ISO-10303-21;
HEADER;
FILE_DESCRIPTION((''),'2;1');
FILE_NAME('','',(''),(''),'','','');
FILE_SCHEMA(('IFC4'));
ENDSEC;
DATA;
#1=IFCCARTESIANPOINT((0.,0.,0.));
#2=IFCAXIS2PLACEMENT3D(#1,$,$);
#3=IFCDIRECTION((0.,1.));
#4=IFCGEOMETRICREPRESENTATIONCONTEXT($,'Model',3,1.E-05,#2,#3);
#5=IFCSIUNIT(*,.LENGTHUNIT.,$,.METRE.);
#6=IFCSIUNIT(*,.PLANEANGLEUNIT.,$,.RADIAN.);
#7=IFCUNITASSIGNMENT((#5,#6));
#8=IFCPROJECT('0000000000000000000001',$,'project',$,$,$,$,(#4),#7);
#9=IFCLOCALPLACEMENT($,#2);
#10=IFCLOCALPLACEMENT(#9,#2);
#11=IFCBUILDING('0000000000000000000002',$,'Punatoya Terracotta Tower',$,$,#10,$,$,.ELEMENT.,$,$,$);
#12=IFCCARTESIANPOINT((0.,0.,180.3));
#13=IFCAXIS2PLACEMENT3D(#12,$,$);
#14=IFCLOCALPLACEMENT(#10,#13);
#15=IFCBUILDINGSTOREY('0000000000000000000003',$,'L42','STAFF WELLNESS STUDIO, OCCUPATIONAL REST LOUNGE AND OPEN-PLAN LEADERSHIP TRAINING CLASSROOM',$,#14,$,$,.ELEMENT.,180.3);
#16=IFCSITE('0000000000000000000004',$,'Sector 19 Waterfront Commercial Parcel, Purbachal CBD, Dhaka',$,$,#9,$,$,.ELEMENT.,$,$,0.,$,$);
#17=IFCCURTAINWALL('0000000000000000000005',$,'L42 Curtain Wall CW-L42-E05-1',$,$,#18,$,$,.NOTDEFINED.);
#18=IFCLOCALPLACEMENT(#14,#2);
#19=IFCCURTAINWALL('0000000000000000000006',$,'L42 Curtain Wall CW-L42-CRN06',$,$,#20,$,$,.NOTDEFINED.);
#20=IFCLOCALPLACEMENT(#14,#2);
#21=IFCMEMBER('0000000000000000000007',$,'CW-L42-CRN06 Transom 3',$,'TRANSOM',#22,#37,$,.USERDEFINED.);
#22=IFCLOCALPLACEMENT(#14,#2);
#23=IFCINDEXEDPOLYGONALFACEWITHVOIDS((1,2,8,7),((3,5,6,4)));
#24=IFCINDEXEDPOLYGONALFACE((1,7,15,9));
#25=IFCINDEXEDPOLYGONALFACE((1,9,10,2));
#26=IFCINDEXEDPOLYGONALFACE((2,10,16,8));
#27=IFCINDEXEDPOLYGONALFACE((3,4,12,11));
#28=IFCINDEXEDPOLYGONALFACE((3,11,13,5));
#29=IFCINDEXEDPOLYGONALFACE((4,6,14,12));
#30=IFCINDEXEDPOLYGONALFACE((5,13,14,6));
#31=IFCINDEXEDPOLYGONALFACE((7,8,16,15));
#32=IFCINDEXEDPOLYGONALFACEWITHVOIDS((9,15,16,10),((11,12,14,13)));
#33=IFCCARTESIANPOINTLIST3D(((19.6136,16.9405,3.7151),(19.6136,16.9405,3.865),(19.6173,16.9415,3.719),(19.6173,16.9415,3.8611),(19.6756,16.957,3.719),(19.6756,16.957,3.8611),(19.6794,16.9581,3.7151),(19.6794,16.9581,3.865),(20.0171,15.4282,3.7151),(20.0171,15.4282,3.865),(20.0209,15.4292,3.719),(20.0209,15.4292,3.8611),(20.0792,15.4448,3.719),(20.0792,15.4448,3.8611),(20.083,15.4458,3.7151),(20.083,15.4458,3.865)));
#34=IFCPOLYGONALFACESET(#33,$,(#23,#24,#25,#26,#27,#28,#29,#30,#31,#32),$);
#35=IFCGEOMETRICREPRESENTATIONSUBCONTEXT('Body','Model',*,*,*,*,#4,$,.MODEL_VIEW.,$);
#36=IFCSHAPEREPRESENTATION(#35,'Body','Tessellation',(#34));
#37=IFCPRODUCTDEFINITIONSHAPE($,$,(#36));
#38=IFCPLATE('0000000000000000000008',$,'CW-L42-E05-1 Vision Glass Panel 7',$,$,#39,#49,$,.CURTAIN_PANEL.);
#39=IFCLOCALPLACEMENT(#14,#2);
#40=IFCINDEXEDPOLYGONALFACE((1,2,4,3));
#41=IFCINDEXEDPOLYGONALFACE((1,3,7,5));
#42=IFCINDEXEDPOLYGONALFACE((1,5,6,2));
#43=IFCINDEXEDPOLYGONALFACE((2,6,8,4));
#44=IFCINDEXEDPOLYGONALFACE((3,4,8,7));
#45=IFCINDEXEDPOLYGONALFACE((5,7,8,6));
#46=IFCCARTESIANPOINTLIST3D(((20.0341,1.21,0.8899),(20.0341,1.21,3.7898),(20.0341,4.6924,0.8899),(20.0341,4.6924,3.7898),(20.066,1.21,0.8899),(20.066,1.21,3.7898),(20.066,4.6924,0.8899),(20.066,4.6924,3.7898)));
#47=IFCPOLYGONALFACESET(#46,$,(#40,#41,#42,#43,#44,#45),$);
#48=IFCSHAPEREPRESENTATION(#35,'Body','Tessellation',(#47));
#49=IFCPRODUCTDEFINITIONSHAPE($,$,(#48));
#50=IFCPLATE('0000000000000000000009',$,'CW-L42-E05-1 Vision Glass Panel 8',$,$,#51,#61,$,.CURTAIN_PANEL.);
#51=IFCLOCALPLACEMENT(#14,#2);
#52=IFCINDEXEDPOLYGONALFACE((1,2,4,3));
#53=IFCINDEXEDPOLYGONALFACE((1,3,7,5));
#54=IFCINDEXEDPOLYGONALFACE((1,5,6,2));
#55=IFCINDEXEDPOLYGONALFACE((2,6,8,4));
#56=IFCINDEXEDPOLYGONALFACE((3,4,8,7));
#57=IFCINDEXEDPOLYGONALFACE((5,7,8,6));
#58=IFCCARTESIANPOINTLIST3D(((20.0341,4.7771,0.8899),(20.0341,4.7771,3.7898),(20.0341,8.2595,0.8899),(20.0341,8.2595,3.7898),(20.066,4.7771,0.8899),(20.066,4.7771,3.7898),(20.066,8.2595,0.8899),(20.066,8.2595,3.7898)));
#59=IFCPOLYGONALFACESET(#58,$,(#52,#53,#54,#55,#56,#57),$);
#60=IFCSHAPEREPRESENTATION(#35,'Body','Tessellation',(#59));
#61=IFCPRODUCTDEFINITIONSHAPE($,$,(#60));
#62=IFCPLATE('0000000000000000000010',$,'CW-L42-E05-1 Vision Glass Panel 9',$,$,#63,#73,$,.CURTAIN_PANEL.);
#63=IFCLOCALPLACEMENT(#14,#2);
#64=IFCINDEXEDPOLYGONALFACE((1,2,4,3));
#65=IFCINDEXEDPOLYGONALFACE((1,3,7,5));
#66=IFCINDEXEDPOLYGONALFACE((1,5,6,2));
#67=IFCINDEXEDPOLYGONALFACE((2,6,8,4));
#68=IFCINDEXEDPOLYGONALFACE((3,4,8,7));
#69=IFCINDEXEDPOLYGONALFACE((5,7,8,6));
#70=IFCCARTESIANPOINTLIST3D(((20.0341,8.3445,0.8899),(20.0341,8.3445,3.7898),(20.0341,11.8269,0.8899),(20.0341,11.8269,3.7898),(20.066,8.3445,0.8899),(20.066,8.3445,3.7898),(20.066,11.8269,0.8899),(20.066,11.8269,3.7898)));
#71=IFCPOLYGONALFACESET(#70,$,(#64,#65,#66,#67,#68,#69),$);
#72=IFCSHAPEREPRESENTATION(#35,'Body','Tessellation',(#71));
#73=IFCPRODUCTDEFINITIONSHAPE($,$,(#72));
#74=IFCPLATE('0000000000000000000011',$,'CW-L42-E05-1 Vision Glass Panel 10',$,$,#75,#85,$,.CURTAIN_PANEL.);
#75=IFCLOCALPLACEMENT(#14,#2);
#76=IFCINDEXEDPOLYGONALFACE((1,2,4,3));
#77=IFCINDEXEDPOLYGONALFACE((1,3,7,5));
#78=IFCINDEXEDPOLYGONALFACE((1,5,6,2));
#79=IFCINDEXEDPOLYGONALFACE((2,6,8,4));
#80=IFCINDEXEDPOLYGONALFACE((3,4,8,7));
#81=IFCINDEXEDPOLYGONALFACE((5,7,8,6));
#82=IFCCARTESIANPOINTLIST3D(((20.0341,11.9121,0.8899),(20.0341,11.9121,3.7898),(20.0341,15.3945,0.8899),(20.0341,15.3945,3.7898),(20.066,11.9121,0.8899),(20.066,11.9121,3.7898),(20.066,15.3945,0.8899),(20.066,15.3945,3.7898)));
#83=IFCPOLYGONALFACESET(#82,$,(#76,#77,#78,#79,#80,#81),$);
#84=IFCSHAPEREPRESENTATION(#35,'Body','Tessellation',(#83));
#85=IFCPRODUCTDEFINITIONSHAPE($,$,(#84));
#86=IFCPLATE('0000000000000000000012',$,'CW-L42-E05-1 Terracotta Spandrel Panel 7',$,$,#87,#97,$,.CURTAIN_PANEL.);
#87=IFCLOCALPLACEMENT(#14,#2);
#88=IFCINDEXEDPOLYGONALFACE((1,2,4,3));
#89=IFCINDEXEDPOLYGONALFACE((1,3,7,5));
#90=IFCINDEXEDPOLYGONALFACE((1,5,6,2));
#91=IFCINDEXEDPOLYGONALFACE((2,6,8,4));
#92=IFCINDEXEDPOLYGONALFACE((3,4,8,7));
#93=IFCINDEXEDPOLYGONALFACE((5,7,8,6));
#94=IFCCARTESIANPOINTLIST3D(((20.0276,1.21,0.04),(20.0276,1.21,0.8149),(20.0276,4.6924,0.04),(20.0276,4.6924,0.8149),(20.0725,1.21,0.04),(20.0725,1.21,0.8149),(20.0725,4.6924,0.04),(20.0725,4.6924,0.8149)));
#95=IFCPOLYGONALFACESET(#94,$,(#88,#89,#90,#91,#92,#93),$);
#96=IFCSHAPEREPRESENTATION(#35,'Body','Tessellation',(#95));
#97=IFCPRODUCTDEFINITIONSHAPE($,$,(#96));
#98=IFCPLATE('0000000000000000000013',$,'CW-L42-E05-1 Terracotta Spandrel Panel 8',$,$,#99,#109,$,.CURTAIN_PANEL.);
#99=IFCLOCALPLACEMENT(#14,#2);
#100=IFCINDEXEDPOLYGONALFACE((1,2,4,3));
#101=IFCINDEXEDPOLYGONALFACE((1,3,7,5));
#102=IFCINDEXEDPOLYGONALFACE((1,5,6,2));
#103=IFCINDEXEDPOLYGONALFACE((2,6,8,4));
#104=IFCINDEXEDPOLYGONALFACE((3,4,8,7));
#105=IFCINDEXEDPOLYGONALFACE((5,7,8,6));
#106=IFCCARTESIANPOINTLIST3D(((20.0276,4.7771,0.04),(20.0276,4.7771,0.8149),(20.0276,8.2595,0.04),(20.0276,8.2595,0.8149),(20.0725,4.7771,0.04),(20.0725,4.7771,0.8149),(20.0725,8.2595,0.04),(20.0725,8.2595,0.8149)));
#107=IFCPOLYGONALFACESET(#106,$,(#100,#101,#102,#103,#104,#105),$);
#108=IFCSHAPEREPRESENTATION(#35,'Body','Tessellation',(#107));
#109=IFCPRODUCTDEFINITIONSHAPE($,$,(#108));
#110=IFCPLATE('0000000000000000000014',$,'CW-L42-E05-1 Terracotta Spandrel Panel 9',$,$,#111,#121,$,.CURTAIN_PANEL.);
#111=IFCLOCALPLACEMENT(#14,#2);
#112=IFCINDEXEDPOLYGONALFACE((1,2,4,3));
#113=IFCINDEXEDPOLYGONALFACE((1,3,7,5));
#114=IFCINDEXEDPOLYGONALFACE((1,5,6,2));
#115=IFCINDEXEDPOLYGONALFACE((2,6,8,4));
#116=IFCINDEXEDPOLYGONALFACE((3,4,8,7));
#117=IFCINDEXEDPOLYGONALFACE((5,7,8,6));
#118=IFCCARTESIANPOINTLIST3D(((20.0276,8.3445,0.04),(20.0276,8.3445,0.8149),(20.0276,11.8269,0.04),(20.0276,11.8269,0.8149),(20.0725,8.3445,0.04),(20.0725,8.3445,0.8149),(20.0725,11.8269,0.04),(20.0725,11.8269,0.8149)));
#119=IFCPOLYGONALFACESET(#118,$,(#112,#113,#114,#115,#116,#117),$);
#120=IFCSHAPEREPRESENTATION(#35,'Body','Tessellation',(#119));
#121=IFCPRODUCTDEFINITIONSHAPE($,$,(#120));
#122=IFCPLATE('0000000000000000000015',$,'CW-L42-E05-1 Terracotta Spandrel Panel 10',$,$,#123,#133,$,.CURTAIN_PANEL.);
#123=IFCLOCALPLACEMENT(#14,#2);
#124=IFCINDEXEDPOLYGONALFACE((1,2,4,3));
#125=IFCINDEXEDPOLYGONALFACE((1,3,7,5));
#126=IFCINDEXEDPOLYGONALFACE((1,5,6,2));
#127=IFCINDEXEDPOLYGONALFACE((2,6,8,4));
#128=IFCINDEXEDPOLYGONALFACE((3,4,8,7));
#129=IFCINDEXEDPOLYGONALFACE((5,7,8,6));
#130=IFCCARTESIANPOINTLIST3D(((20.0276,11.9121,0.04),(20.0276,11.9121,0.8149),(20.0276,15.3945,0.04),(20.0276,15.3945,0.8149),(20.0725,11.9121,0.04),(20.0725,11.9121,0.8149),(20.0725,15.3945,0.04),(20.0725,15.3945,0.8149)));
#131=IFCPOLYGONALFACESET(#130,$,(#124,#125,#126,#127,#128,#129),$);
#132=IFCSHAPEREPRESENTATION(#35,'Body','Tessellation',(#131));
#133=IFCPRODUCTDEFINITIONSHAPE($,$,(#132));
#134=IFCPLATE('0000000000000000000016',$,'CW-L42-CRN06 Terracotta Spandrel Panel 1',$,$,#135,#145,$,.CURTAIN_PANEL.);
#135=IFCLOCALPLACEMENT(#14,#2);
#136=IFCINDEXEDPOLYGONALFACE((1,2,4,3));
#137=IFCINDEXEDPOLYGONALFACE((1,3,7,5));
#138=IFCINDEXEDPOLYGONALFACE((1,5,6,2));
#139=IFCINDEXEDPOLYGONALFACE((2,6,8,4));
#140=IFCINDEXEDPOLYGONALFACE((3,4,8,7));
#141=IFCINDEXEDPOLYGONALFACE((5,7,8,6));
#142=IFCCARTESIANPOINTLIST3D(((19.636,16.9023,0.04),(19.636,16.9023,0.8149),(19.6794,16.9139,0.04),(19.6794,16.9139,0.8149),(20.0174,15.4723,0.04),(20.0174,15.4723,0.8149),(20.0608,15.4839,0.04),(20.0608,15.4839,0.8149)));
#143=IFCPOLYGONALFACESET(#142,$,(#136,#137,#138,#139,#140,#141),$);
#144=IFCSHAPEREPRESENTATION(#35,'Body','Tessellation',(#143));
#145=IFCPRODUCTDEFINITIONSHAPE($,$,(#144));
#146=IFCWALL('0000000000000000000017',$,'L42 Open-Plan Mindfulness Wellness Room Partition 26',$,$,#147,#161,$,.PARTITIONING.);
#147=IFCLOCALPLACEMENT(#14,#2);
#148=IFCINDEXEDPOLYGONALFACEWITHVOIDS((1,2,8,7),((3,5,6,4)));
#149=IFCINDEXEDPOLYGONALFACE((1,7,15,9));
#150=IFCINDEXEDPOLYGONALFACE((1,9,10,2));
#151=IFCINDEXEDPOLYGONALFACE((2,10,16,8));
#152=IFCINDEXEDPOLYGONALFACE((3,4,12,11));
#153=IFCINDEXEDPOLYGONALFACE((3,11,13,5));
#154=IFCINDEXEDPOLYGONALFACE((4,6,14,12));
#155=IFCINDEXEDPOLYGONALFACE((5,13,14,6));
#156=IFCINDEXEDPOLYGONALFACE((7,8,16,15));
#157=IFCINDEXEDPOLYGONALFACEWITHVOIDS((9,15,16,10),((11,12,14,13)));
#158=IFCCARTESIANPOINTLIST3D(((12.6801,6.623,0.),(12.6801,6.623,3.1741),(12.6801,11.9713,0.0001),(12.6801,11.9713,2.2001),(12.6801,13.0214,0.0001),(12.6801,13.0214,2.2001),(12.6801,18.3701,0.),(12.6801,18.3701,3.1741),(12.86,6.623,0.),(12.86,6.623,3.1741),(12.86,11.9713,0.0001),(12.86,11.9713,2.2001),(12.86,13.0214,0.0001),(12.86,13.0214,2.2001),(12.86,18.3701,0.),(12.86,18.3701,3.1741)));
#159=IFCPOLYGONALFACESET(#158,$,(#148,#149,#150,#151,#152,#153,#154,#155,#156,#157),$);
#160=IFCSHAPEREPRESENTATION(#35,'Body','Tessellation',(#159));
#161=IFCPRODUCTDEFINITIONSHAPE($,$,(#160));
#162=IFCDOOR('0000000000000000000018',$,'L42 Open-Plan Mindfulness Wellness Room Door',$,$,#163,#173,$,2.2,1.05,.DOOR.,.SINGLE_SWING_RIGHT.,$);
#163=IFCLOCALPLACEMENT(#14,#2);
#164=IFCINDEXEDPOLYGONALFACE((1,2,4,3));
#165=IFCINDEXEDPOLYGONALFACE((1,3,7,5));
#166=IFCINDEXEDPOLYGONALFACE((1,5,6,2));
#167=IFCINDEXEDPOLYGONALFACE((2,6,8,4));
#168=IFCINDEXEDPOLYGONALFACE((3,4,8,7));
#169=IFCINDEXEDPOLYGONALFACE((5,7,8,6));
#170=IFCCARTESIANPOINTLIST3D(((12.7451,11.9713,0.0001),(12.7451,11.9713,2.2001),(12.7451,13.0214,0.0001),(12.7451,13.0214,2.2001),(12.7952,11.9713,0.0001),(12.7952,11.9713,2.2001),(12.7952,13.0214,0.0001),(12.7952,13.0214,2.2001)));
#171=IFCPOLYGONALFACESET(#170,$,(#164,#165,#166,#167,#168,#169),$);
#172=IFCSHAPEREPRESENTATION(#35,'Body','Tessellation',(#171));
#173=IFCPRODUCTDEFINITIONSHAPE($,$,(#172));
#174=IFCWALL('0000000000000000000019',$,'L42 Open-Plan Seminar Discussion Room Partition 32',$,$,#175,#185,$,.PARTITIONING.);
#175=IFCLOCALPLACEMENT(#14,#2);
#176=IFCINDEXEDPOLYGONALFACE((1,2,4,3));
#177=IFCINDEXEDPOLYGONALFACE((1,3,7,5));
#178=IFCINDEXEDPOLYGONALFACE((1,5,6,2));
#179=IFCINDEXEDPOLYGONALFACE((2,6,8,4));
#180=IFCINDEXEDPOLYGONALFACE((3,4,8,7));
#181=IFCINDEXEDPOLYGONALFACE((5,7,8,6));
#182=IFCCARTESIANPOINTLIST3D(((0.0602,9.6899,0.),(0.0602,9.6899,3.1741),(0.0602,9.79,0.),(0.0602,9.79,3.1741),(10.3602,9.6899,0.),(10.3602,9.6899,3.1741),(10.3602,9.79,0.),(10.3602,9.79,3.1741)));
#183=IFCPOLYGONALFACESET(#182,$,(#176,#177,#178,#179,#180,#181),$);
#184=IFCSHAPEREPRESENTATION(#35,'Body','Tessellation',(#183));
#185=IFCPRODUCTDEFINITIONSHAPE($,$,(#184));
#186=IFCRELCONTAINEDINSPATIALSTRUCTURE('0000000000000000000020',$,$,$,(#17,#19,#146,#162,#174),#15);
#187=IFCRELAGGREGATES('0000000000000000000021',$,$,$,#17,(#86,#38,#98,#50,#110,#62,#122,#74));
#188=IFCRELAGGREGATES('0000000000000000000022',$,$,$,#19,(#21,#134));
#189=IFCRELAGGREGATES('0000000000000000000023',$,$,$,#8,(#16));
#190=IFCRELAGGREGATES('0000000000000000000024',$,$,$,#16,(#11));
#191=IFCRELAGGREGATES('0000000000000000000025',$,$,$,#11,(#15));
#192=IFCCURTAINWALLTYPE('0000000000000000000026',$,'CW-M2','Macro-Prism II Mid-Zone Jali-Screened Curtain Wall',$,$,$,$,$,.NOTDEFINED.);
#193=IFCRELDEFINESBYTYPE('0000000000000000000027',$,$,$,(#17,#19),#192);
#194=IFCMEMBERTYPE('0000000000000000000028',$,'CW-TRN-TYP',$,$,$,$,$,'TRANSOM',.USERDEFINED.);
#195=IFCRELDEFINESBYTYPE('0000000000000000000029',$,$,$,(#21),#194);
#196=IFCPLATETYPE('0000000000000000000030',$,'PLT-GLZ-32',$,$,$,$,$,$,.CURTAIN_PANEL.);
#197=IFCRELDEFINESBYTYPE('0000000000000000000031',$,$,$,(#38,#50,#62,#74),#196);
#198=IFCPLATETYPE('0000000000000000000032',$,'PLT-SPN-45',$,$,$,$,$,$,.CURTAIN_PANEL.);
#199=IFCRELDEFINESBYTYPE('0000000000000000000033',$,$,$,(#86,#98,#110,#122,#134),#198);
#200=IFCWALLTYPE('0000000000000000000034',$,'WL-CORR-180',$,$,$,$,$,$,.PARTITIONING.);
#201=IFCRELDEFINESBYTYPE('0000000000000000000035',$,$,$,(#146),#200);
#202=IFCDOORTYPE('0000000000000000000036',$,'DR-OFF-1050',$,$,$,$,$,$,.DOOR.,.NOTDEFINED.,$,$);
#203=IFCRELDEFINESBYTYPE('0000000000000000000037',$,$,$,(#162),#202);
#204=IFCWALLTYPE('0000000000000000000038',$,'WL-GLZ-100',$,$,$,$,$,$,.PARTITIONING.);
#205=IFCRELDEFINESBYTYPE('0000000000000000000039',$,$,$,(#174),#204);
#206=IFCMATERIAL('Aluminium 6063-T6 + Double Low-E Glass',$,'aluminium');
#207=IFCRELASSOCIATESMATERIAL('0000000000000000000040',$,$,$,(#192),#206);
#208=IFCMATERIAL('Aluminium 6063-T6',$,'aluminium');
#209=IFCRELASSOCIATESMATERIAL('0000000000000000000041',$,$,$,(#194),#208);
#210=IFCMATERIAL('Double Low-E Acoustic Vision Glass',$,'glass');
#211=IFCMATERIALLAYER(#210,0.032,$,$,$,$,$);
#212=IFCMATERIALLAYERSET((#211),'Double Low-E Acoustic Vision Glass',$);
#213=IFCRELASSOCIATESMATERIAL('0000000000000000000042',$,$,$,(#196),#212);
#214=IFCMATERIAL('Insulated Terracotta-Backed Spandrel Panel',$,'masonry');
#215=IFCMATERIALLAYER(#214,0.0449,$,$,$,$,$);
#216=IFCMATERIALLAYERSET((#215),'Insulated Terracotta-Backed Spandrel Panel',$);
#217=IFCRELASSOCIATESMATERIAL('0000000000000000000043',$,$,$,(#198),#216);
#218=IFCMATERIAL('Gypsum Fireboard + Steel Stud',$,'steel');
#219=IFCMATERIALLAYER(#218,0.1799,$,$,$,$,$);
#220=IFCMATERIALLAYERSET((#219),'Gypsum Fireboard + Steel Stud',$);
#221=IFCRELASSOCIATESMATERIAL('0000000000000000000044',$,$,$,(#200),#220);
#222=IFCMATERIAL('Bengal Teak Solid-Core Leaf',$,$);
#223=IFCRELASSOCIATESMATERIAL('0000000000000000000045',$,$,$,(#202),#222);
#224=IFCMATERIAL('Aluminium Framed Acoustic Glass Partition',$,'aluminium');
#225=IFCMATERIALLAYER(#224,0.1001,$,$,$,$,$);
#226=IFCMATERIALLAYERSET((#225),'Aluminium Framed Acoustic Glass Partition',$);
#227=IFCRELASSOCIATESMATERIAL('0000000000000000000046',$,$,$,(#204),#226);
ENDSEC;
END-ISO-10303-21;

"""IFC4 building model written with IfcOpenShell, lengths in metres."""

from ifc_helpers import new_model, si_unit, direction, frame, frame_2d, origin, origin_2d, place, context, subcontext, project, spatial, rectangle, hollow_rectangle, extrude, material, layer, layer_set, material_profile, profile_set, type_object, element, fill, aggregate, save


model = new_model("IFC4")

# Units and contexts
model_context = context("Model", 3, precision=1e-05, world=origin(), true_north=direction((0.0, 1.0)))
body_context = subcontext(model_context, "Body", "Model", "MODEL_VIEW")
ifc_project = project(units=[si_unit("LENGTHUNIT", "METRE"), si_unit("PLANEANGLEUNIT", "RADIAN")], contexts=[model_context])

# Site, building, storey
site_placement = place(None, origin())
site = spatial("IfcSite", under=ifc_project, at=site_placement, Name="Sector 19 Waterfront Commercial Parcel, Purbachal CBD, Dhaka", CompositionType="ELEMENT", RefElevation=0.0)
building_placement = place(site_placement, origin())
building = spatial("IfcBuilding", under=site, at=building_placement, Name="Punatoya Terracotta Tower", CompositionType="ELEMENT")
storey_placement = place(building_placement, frame((0.0, 0.0, 180.3)))
storey = spatial("IfcBuildingStorey", under=building, at=storey_placement, Name="L42", Description="STAFF WELLNESS STUDIO, OCCUPATIONAL REST LOUNGE AND OPEN-PLAN LEADERSHIP TRAINING CLASSROOM", CompositionType="ELEMENT", Elevation=180.3)

# Curtain walls, member
ifc_material_1 = material(Name="Aluminium 6063-T6 + Double Low-E Glass", Category="aluminium")
curtain_wall_type = type_object("IfcCurtainWallType", Name="CW-M2", Description="Macro-Prism II Mid-Zone Jali-Screened Curtain Wall", PredefinedType="NOTDEFINED", material=ifc_material_1)
curtain_wall_1_placement = place(storey_placement, origin())
curtain_wall_1 = element("IfcCurtainWall", 1, at=curtain_wall_1_placement, inside=storey, type_object=curtain_wall_type, Name="L42 Curtain Wall CW-L42-E05-1", PredefinedType="NOTDEFINED")
ifc_material_2 = material(Name="Aluminium 6063-T6", Category="aluminium")
curtain_wall_2_placement = place(storey_placement, origin())
curtain_wall_2 = element("IfcCurtainWall", 2, at=curtain_wall_2_placement, inside=storey, type_object=curtain_wall_type, Name="L42 Curtain Wall CW-L42-CRN06", PredefinedType="NOTDEFINED")
ifc_material_profile_1 = material_profile(ifc_material_2, hollow_rectangle(XDim=0.0681, YDim=0.1499, WallThickness=0.0039, at=origin_2d()))
ifc_profile_set_1 = profile_set([ifc_material_profile_1], Name="Aluminium 6063-T6")
member_type_1 = type_object("IfcMemberType", Name="CW-TRN-TYP", ElementType="TRANSOM", PredefinedType="USERDEFINED", material=ifc_profile_set_1)
member_1_placement = place(storey_placement, frame((20.05, 15.437, 3.79), z_axis=(-0.257847, 0.966186, 0.0), x_axis=(-0.966186, -0.257847, 0.0)))
member_1 = element("IfcMember", 3, at=member_1_placement, type_object=member_type_1, Name="CW-L42-CRN06 Transom 3", ObjectType="TRANSOM", PredefinedType="USERDEFINED", context=body_context, shape_type="SweptSolid", body=[
    extrude(hollow_rectangle(XDim=0.0681, YDim=0.1499, WallThickness=0.0039, at=origin_2d()), origin(), (0.0, 0.0, 1.0), 1.5652),
])

# Plates
ifc_material_3 = material(Name="Double Low-E Acoustic Vision Glass", Category="glass")
ifc_layer_1 = layer(ifc_material_3, 0.032)
ifc_layer_set_1 = layer_set([ifc_layer_1], Name="Double Low-E Acoustic Vision Glass")
plate_type_1 = type_object("IfcPlateType", Name="PLT-GLZ-32", PredefinedType="CURTAIN_PANEL", material=ifc_layer_set_1)
plate_1_placement = place(storey_placement, frame((20.05, 2.9512, 0.8899), z_axis=(0.0, 0.0, 1.0), x_axis=(0.0, 1.0, 0.0)))
plate_1 = element("IfcPlate", 4, at=plate_1_placement, type_object=plate_type_1, Name="CW-L42-E05-1 Vision Glass Panel 7", PredefinedType="CURTAIN_PANEL", context=body_context, shape_type="SweptSolid", body=[
    extrude(rectangle(XDim=3.4824, YDim=0.032, at=origin_2d()), origin(), (0.0, 0.0, 1.0), 2.8999),
])
plate_2_placement = place(storey_placement, frame((20.05, 6.5183, 0.8899), z_axis=(0.0, 0.0, 1.0), x_axis=(0.0, 1.0, 0.0)))
plate_2 = element("IfcPlate", 5, at=plate_2_placement, type_object=plate_type_1, Name="CW-L42-E05-1 Vision Glass Panel 8", PredefinedType="CURTAIN_PANEL", context=body_context, shape_type="SweptSolid", body=[
    extrude(rectangle(XDim=3.4824, YDim=0.032, at=origin_2d()), origin(), (0.0, 0.0, 1.0), 2.8999),
])
plate_3_placement = place(storey_placement, frame((20.05, 10.0857, 0.8899), z_axis=(0.0, 0.0, 1.0), x_axis=(0.0, 1.0, 0.0)))
plate_3 = element("IfcPlate", 6, at=plate_3_placement, type_object=plate_type_1, Name="CW-L42-E05-1 Vision Glass Panel 9", PredefinedType="CURTAIN_PANEL", context=body_context, shape_type="SweptSolid", body=[
    extrude(rectangle(XDim=3.4824, YDim=0.032, at=origin_2d()), origin(), (0.0, 0.0, 1.0), 2.8999),
])
plate_4_placement = place(storey_placement, frame((20.05, 13.6533, 0.8899), z_axis=(0.0, 0.0, 1.0), x_axis=(0.0, 1.0, 0.0)))
plate_4 = element("IfcPlate", 7, at=plate_4_placement, type_object=plate_type_1, Name="CW-L42-E05-1 Vision Glass Panel 10", PredefinedType="CURTAIN_PANEL", context=body_context, shape_type="SweptSolid", body=[
    extrude(rectangle(XDim=3.4824, YDim=0.032, at=origin_2d()), origin(), (0.0, 0.0, 1.0), 2.8999),
])
ifc_material_4 = material(Name="Insulated Terracotta-Backed Spandrel Panel", Category="masonry")
ifc_layer_2 = layer(ifc_material_4, 0.0449)
ifc_layer_set_2 = layer_set([ifc_layer_2], Name="Insulated Terracotta-Backed Spandrel Panel")
plate_type_2 = type_object("IfcPlateType", Name="PLT-SPN-45", PredefinedType="CURTAIN_PANEL", material=ifc_layer_set_2)
plate_5_placement = place(storey_placement, frame((20.05, 2.9512, 0.04), z_axis=(0.0, 0.0, 1.0), x_axis=(0.0, 1.0, 0.0)))
plate_5 = element("IfcPlate", 8, at=plate_5_placement, type_object=plate_type_2, Name="CW-L42-E05-1 Terracotta Spandrel Panel 7", PredefinedType="CURTAIN_PANEL", context=body_context, shape_type="SweptSolid", body=[
    extrude(rectangle(XDim=3.4824, YDim=0.0449, at=origin_2d()), origin(), (0.0, 0.0, 1.0), 0.7749),
])
plate_6_placement = place(storey_placement, frame((20.05, 6.5183, 0.04), z_axis=(0.0, 0.0, 1.0), x_axis=(0.0, 1.0, 0.0)))
plate_6 = element("IfcPlate", 9, at=plate_6_placement, type_object=plate_type_2, Name="CW-L42-E05-1 Terracotta Spandrel Panel 8", PredefinedType="CURTAIN_PANEL", context=body_context, shape_type="SweptSolid", body=[
    extrude(rectangle(XDim=3.4824, YDim=0.0449, at=origin_2d()), origin(), (0.0, 0.0, 1.0), 0.7749),
])
plate_7_placement = place(storey_placement, frame((20.05, 10.0857, 0.04), z_axis=(0.0, 0.0, 1.0), x_axis=(0.0, 1.0, 0.0)))
plate_7 = element("IfcPlate", 10, at=plate_7_placement, type_object=plate_type_2, Name="CW-L42-E05-1 Terracotta Spandrel Panel 9", PredefinedType="CURTAIN_PANEL", context=body_context, shape_type="SweptSolid", body=[
    extrude(rectangle(XDim=3.4824, YDim=0.0449, at=origin_2d()), origin(), (0.0, 0.0, 1.0), 0.7749),
])
plate_8_placement = place(storey_placement, frame((20.05, 13.6533, 0.04), z_axis=(0.0, 0.0, 1.0), x_axis=(0.0, 1.0, 0.0)))
plate_8 = element("IfcPlate", 11, at=plate_8_placement, type_object=plate_type_2, Name="CW-L42-E05-1 Terracotta Spandrel Panel 10", PredefinedType="CURTAIN_PANEL", context=body_context, shape_type="SweptSolid", body=[
    extrude(rectangle(XDim=3.4824, YDim=0.0449, at=origin_2d()), origin(), (0.0, 0.0, 1.0), 0.7749),
])
aggregate(curtain_wall_1, [plate_5, plate_1, plate_6, plate_2, plate_7, plate_3, plate_8, plate_4])
plate_9_placement = place(storey_placement, frame((19.8484, 16.1931, 0.04), z_axis=(0.0, 0.0, 1.0), x_axis=(-0.257742, 0.966214, 0.0)))
plate_9 = element("IfcPlate", 12, at=plate_9_placement, type_object=plate_type_2, Name="CW-L42-CRN06 Terracotta Spandrel Panel 1", PredefinedType="CURTAIN_PANEL", context=body_context, shape_type="SweptSolid", body=[
    extrude(rectangle(XDim=1.48, YDim=0.0449, at=origin_2d()), origin(), (0.0, 0.0, 1.0), 0.7749),
])
aggregate(curtain_wall_2, [member_1, plate_9])

# Wall, opening, door
ifc_material_5 = material(Name="Gypsum Fireboard + Steel Stud", Category="steel")
ifc_layer_3 = layer(ifc_material_5, 0.1799)
ifc_layer_set_3 = layer_set([ifc_layer_3], Name="Gypsum Fireboard + Steel Stud")
wall_type_1 = type_object("IfcWallType", Name="WL-CORR-180", PredefinedType="PARTITIONING", material=ifc_layer_set_3)
wall_1_placement = place(storey_placement, frame((12.77, 6.623, 0.0), z_axis=(0.0, 0.0, 1.0), x_axis=(0.0, 1.0, 0.0)))
wall_1 = element("IfcWall", 13, at=wall_1_placement, inside=storey, type_object=wall_type_1, Name="L42 Open-Plan Mindfulness Wellness Room Partition 26", PredefinedType="PARTITIONING", context=body_context, shape_type="SweptSolid", body=[
    extrude(rectangle(XDim=11.7471, YDim=0.1799, at=frame_2d((5.8735, 0.0))), origin(), (0.0, 0.0, 1.0), 3.1741),
])
opening_placement = place(wall_1_placement, frame((5.3484, 0.0, 0.0)))
opening = element("IfcOpeningElement", 14, at=opening_placement, cuts=wall_1, PredefinedType="OPENING", context=body_context, shape_type="SweptSolid", body=[
    extrude(rectangle(XDim=1.05, YDim=2.2, at=frame_2d((0.5249, 1.1001))), frame((0.0, 0.0999, 0.0), z_axis=(0.0, -1.0, 0.0), x_axis=(1.0, 0.0, 0.0)), (0.0, 0.0, 1.0), 0.2),
])
ifc_material_6 = material(Name="Bengal Teak Solid-Core Leaf")
door_type = type_object("IfcDoorType", Name="DR-OFF-1050", OperationType="NOTDEFINED", PredefinedType="DOOR", material=ifc_material_6)
door_placement = place(opening_placement, origin())
door = element("IfcDoor", 15, at=door_placement, inside=storey, type_object=door_type, Name="L42 Open-Plan Mindfulness Wellness Room Door", OperationType="SINGLE_SWING_RIGHT", OverallHeight=2.2, OverallWidth=1.05, PredefinedType="DOOR", context=body_context, shape_type="SweptSolid", body=[
    extrude(rectangle(XDim=1.05, YDim=2.2, at=frame_2d((0.5249, 1.1001))), frame((0.0, 0.0249, 0.0), z_axis=(0.0, -1.0, 0.0), x_axis=(1.0, 0.0, 0.0)), (0.0, 0.0, 1.0), 0.05),
])
fill(opening, door)

# Wall
ifc_material_7 = material(Name="Aluminium Framed Acoustic Glass Partition", Category="aluminium")
ifc_layer_4 = layer(ifc_material_7, 0.1001)
ifc_layer_set_4 = layer_set([ifc_layer_4], Name="Aluminium Framed Acoustic Glass Partition")
wall_type_2 = type_object("IfcWallType", Name="WL-GLZ-100", PredefinedType="PARTITIONING", material=ifc_layer_set_4)
wall_2_placement = place(storey_placement, frame((10.3601, 9.74, 0.0), z_axis=(0.0, 0.0, 1.0), x_axis=(-1.0, 0.0, 0.0)))
element("IfcWall", 16, at=wall_2_placement, inside=storey, type_object=wall_type_2, Name="L42 Open-Plan Seminar Discussion Room Partition 32", PredefinedType="PARTITIONING", context=body_context, shape_type="SweptSolid", body=[
    extrude(rectangle(XDim=10.3, YDim=0.1001, at=frame_2d((5.1499, 0.0))), origin(), (0.0, 0.0, 1.0), 3.1741),
])

save(model, "model.ifc")
